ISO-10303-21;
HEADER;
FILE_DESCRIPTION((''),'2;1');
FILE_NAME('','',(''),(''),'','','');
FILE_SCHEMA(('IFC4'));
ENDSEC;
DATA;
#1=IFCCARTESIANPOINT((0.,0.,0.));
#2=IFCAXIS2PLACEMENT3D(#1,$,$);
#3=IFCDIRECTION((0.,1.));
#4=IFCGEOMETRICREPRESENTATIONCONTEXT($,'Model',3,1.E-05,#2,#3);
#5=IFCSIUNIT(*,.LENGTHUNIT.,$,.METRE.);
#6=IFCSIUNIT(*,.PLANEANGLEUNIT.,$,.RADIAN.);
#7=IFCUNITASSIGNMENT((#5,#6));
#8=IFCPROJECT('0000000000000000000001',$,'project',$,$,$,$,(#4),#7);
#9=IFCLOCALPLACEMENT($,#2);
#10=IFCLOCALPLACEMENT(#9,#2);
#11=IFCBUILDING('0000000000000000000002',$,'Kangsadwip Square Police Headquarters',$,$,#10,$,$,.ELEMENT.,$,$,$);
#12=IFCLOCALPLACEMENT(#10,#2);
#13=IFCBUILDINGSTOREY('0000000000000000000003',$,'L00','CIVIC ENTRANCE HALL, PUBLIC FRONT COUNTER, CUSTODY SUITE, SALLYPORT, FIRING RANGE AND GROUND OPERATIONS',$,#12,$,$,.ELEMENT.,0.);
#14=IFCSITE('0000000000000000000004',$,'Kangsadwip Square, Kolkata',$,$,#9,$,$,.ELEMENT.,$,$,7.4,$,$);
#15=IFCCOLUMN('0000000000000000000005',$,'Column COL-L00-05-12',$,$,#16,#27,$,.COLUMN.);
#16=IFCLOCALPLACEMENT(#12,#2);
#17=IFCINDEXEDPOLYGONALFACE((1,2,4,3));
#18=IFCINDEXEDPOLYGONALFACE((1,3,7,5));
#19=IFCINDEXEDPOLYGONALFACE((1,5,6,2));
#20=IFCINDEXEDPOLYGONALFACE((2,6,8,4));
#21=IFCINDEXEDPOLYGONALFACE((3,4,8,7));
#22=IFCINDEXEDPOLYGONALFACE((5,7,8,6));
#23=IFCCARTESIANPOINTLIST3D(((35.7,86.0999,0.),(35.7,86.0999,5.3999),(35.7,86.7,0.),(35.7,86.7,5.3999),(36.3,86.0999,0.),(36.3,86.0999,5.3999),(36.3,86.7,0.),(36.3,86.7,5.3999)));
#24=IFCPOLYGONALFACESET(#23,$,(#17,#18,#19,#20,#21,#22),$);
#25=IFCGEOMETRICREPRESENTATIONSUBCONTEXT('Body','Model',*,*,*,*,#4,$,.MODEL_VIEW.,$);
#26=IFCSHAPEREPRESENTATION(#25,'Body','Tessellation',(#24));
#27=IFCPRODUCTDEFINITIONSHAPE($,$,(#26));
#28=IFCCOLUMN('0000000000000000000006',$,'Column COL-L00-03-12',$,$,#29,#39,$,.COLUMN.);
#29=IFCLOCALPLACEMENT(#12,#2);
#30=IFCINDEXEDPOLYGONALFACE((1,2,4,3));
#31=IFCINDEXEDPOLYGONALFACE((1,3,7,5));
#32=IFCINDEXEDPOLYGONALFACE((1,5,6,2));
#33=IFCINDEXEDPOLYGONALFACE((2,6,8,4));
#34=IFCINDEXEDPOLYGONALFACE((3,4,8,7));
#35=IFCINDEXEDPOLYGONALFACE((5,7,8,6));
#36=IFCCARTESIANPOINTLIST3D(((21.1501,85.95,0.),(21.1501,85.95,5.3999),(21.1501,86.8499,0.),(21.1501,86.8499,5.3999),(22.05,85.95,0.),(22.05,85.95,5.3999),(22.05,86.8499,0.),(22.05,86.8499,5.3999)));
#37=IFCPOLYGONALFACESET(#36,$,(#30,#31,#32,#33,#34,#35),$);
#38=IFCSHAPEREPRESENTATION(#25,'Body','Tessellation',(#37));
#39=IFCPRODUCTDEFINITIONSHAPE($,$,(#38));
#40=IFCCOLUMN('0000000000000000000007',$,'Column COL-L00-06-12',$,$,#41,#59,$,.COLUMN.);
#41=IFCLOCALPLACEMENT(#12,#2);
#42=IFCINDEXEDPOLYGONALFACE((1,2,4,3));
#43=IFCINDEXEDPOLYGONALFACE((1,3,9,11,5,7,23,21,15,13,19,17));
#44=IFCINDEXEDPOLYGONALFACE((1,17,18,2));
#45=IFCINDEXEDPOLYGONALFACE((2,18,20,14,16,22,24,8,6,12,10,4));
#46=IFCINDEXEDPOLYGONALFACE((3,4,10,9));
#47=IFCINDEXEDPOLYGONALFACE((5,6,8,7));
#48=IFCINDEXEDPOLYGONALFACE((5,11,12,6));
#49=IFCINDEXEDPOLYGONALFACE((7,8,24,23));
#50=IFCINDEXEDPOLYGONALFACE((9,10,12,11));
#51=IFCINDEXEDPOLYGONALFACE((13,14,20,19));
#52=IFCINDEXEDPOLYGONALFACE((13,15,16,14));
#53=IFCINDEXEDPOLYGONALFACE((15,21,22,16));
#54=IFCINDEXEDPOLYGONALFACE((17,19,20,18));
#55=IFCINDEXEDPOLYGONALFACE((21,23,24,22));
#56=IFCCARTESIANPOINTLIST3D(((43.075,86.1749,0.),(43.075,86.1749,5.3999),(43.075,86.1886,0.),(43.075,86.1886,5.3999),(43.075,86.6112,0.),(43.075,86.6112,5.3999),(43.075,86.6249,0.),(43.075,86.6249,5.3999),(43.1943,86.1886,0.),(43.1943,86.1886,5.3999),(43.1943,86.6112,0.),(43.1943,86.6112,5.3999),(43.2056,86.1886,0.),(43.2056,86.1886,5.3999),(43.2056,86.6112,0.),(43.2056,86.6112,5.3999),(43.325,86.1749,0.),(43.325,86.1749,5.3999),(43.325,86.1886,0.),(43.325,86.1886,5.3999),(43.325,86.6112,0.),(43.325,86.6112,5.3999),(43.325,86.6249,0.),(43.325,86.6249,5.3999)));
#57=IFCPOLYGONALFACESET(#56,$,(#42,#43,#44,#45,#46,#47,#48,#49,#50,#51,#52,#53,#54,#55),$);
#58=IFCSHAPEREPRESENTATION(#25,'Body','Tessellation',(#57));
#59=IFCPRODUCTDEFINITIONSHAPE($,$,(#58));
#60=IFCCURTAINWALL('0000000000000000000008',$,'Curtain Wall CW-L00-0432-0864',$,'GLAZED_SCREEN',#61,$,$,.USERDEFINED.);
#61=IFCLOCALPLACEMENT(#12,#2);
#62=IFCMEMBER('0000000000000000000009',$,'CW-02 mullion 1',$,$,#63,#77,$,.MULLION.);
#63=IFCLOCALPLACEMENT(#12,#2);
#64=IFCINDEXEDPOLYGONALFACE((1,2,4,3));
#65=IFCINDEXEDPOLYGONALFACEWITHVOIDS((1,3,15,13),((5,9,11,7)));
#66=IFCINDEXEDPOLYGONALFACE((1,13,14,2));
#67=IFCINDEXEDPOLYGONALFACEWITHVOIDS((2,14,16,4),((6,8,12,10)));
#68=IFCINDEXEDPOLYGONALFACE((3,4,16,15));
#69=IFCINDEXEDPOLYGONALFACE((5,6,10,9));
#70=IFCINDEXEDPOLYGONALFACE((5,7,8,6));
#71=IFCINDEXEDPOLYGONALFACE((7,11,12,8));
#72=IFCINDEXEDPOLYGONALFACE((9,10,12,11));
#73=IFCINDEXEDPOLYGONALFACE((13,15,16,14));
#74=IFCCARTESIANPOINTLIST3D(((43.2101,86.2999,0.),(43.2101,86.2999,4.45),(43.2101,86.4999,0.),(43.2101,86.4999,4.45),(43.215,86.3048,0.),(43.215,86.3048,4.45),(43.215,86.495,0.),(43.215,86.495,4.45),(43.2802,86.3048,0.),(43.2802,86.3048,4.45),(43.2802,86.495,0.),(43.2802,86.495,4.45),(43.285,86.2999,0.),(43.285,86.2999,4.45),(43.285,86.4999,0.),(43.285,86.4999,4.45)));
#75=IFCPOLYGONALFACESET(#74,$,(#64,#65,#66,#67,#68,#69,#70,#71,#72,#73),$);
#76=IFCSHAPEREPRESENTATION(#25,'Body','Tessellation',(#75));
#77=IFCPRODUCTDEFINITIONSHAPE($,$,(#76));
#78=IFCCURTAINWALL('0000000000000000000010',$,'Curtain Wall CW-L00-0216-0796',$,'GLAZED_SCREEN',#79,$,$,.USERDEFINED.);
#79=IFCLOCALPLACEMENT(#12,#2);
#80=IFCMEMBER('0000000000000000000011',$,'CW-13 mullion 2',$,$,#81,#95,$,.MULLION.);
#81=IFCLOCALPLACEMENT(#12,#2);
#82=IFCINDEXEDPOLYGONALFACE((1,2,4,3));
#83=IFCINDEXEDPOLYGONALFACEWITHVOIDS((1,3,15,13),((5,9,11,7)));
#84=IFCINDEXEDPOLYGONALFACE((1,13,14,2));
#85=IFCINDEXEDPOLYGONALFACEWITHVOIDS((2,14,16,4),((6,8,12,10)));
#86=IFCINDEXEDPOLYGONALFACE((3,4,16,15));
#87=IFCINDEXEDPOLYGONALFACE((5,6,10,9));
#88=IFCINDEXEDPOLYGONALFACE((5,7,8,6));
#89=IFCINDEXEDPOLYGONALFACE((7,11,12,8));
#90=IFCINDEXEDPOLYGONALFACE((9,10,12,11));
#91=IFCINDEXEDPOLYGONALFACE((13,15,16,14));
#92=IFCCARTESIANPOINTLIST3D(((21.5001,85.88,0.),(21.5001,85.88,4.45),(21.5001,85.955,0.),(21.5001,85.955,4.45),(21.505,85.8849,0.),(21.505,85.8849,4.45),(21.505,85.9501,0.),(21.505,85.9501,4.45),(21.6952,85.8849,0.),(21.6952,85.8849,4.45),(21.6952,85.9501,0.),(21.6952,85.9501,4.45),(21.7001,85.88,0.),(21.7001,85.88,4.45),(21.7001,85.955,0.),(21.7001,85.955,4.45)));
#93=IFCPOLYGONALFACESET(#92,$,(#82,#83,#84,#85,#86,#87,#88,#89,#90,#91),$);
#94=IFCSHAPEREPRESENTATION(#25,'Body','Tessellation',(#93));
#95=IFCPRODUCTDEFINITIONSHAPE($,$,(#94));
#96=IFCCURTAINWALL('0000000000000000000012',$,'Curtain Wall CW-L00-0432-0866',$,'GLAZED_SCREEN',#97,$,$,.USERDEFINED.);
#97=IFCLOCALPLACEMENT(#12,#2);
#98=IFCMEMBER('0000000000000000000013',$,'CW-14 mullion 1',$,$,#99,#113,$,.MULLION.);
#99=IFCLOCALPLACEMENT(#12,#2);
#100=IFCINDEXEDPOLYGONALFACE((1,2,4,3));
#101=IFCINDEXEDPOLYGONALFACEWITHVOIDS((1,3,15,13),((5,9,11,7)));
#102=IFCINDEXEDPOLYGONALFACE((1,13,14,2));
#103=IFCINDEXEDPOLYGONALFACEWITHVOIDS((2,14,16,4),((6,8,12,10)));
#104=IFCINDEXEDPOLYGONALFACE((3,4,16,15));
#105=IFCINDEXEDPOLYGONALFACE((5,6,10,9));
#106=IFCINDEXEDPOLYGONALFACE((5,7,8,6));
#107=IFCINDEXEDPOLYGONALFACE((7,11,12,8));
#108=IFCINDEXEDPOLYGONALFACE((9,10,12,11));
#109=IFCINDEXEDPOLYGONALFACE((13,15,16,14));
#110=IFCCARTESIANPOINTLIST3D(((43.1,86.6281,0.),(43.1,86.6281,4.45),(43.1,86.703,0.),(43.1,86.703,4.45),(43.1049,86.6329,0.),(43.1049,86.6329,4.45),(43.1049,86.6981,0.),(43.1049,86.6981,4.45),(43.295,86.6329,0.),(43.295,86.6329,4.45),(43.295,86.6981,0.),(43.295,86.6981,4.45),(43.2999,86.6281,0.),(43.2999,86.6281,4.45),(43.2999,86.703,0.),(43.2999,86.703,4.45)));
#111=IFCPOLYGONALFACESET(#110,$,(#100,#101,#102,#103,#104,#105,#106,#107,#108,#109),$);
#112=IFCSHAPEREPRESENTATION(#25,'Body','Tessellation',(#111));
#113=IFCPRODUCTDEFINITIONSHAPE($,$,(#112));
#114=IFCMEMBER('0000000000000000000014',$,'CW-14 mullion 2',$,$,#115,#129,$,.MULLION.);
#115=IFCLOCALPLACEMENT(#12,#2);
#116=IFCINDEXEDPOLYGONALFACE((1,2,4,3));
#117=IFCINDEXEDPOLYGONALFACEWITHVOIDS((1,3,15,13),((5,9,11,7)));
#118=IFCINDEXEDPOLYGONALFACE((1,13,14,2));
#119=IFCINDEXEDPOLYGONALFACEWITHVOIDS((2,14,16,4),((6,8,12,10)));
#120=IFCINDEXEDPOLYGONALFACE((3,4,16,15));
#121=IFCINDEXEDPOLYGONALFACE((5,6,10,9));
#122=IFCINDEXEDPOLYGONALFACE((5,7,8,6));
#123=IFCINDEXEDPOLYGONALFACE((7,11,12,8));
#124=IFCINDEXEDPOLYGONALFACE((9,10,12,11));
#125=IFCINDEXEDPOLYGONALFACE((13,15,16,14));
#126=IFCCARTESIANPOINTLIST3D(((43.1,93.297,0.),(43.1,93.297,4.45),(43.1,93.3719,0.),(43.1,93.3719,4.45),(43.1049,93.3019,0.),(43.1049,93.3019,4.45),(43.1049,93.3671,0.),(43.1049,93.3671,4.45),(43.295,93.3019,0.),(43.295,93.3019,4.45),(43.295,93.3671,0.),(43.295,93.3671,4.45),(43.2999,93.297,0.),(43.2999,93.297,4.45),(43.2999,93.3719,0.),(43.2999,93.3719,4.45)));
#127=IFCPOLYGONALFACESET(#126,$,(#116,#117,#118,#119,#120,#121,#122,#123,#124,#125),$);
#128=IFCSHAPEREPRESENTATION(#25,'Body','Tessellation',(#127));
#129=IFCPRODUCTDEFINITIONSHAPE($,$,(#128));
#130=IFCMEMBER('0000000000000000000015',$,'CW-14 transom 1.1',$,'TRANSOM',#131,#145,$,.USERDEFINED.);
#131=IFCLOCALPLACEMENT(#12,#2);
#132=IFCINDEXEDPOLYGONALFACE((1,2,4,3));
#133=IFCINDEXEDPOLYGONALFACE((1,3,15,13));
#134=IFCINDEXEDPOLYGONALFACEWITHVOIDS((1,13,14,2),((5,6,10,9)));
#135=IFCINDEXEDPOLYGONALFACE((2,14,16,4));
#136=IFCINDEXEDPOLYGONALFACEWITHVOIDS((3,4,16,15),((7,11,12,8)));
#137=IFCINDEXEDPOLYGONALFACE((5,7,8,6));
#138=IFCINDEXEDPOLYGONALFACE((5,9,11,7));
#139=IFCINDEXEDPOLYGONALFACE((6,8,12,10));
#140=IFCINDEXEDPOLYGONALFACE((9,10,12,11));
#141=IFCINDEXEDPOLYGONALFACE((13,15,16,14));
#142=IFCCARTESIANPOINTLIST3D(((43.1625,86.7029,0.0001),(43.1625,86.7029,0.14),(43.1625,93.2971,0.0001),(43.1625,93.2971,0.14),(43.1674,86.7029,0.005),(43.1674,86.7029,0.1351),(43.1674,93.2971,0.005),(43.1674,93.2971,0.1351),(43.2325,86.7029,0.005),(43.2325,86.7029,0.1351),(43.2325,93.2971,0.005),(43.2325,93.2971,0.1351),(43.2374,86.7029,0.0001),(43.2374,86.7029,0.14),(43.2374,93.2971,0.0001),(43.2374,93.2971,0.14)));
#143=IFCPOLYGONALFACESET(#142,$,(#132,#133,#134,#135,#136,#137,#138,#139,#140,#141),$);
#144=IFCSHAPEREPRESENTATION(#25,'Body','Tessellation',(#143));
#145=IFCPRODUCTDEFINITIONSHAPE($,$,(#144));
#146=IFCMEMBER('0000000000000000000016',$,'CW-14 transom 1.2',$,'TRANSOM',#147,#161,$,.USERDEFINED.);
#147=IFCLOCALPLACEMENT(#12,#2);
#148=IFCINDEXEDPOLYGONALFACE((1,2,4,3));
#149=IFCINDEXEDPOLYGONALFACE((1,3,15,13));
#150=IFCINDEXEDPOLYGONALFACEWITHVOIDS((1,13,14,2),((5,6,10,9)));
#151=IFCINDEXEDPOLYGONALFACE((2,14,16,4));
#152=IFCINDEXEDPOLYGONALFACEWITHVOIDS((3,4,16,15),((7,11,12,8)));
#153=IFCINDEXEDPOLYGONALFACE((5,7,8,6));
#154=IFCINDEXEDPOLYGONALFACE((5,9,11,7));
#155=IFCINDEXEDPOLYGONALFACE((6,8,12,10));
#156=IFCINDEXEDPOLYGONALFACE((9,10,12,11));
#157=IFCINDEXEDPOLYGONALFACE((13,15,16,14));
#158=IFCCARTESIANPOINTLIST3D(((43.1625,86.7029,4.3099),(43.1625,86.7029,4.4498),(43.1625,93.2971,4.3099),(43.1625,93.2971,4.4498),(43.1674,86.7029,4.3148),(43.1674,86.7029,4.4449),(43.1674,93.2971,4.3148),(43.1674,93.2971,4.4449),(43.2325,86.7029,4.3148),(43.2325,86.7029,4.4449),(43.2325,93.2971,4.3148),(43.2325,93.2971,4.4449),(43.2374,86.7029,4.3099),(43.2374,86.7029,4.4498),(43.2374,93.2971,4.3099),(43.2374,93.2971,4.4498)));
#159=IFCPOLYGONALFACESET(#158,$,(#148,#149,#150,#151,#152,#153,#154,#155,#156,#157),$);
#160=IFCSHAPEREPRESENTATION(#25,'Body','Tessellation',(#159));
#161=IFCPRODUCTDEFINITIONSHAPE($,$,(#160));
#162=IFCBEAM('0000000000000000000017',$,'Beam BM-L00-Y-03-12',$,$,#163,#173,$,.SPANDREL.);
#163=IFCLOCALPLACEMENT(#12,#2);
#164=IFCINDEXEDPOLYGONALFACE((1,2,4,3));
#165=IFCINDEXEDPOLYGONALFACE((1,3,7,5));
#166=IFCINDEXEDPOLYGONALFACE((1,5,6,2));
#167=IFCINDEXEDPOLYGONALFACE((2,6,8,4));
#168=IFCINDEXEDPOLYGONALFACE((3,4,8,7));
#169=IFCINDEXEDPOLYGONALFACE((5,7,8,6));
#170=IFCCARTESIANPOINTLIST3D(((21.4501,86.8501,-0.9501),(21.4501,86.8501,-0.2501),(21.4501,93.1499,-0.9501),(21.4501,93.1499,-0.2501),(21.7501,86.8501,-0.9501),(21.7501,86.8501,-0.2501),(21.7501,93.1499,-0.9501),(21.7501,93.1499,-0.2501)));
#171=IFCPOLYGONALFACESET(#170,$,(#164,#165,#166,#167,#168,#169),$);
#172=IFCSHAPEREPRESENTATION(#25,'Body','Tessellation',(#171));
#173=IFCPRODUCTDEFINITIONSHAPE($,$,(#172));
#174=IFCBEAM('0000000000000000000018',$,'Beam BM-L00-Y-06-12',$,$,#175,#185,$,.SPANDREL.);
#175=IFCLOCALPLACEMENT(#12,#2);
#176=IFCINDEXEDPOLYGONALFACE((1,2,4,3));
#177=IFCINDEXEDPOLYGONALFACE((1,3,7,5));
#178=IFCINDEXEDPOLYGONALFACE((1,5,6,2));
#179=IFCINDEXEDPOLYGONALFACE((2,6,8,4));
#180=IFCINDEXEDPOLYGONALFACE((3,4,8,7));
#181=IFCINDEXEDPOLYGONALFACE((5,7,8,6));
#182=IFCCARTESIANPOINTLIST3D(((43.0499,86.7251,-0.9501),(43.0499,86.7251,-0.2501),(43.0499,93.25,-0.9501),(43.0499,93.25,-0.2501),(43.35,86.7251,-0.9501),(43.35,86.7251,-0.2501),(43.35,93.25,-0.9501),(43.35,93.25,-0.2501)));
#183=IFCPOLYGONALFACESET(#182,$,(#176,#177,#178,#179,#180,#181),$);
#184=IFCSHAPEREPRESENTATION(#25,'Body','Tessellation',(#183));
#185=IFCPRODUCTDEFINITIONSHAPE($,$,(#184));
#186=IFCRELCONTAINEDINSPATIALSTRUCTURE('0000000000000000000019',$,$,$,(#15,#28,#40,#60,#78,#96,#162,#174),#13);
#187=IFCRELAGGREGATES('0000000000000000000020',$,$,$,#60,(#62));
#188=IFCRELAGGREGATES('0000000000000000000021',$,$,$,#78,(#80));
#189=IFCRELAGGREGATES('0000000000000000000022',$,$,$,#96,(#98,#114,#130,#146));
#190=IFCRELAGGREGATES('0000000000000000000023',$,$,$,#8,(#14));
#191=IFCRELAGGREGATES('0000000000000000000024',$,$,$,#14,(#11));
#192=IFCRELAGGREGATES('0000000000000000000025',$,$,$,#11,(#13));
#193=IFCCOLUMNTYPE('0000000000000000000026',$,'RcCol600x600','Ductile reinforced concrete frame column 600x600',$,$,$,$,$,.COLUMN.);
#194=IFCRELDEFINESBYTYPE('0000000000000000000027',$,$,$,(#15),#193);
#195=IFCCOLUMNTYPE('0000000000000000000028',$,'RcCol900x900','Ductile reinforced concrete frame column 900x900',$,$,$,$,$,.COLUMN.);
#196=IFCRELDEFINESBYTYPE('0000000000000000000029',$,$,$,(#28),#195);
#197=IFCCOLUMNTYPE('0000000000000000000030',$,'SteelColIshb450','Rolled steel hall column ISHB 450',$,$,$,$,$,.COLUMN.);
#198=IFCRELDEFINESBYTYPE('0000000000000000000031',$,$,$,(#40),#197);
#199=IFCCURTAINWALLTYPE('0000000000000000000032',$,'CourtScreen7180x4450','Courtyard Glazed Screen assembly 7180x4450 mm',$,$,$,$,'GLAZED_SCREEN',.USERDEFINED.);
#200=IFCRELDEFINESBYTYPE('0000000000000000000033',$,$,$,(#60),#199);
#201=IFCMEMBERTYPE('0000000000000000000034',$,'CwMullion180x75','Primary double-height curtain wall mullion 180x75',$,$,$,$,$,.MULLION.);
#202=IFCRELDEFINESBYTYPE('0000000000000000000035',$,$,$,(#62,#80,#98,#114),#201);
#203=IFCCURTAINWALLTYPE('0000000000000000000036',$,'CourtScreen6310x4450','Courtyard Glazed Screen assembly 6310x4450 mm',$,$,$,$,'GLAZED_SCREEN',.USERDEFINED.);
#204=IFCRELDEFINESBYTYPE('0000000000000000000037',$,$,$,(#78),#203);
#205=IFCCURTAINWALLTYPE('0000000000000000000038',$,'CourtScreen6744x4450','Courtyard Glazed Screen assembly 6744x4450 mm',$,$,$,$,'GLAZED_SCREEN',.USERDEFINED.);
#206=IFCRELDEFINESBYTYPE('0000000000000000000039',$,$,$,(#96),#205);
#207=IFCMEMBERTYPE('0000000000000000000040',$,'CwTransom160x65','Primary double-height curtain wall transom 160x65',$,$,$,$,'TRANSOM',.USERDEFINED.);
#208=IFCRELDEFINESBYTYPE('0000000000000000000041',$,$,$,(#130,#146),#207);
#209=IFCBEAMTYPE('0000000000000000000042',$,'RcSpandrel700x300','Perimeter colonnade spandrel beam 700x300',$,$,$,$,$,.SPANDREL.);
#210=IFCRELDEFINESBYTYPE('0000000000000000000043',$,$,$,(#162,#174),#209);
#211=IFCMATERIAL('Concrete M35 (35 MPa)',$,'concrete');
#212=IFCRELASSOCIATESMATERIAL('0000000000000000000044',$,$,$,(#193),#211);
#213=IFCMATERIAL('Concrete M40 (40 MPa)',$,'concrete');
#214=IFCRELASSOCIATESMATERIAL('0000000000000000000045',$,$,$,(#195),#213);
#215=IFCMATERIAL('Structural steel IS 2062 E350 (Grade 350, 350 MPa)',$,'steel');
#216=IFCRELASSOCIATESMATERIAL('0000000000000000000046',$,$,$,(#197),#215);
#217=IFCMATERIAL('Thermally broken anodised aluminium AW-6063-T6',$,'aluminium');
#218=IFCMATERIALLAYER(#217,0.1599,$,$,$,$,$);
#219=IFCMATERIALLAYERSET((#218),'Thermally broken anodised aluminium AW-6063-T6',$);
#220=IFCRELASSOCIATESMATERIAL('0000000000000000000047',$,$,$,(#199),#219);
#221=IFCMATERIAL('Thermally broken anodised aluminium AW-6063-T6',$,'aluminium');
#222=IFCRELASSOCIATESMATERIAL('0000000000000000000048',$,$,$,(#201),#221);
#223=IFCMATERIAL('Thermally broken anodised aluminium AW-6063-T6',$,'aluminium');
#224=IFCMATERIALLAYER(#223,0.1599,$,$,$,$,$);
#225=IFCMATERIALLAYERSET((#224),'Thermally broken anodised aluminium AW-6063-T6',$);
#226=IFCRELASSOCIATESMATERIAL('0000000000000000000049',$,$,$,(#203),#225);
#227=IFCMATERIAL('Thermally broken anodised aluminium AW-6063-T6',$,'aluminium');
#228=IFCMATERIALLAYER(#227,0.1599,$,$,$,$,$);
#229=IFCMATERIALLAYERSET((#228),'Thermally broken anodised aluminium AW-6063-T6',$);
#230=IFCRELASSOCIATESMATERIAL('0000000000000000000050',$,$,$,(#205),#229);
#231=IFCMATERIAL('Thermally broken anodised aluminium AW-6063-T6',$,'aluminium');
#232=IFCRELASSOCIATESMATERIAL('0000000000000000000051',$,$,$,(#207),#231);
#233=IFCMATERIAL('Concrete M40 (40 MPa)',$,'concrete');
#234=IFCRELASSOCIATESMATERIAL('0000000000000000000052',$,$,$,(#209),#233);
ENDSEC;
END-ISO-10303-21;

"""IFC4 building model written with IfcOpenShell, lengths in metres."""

from ifc_helpers import new_model, si_unit, direction, frame, origin, origin_2d, place, context, subcontext, project, spatial, rectangle, hollow_rectangle, i_section, extrude, material, layer, layer_set, material_profile, profile_set, type_object, element, aggregate, save


model = new_model("IFC4")

# Units and contexts
model_context = context("Model", 3, precision=1e-05, world=origin(), true_north=direction((0.0, 1.0)))
body_context = subcontext(model_context, "Body", "Model", "MODEL_VIEW")
ifc_project = project(units=[si_unit("LENGTHUNIT", "METRE"), si_unit("PLANEANGLEUNIT", "RADIAN")], contexts=[model_context])

# Site, building, storey
site_placement = place(None, origin())
site = spatial("IfcSite", under=ifc_project, at=site_placement, Name="Kangsadwip Square, Kolkata", CompositionType="ELEMENT", RefElevation=7.4)
building_placement = place(site_placement, origin())
building = spatial("IfcBuilding", under=site, at=building_placement, Name="Kangsadwip Square Police Headquarters", CompositionType="ELEMENT")
storey_placement = place(building_placement, origin())
storey = spatial("IfcBuildingStorey", under=building, at=storey_placement, Name="L00", Description="CIVIC ENTRANCE HALL, PUBLIC FRONT COUNTER, CUSTODY SUITE, SALLYPORT, FIRING RANGE AND GROUND OPERATIONS", CompositionType="ELEMENT", Elevation=0.0)

# Columns
ifc_material_1 = material(Name="Concrete M35 (35 MPa)", Category="concrete")
ifc_material_profile_1 = material_profile(ifc_material_1, rectangle(XDim=0.6001, YDim=0.6001, at=origin_2d()), Name="RC COL 600X600")
ifc_profile_set_1 = profile_set([ifc_material_profile_1], Name="Concrete M35 (35 MPa)")
column_type_1 = type_object("IfcColumnType", Name="RcCol600x600", Description="Ductile reinforced concrete frame column 600x600", PredefinedType="COLUMN", material=ifc_profile_set_1)
column_1_placement = place(storey_placement, frame((36.0, 86.3999, 0.0), z_axis=(0.0, 0.0, 1.0), x_axis=(1.0, 0.0, 0.0)))
element("IfcColumn", 1, at=column_1_placement, inside=storey, type_object=column_type_1, Name="Column COL-L00-05-12", PredefinedType="COLUMN", context=body_context, shape_type="SweptSolid", body=[
    extrude(rectangle(XDim=0.6001, YDim=0.6001, at=origin_2d()), origin(), (0.0, 0.0, 1.0), 5.3999),
])
ifc_material_2 = material(Name="Concrete M40 (40 MPa)", Category="concrete")
ifc_material_profile_2 = material_profile(ifc_material_2, rectangle(XDim=0.8999, YDim=0.8999, at=origin_2d()), Name="RC COL 900X900")
ifc_profile_set_2 = profile_set([ifc_material_profile_2], Name="Concrete M40 (40 MPa)")
column_type_2 = type_object("IfcColumnType", Name="RcCol900x900", Description="Ductile reinforced concrete frame column 900x900", PredefinedType="COLUMN", material=ifc_profile_set_2)
column_2_placement = place(storey_placement, frame((21.6001, 86.3999, 0.0), z_axis=(0.0, 0.0, 1.0), x_axis=(1.0, 0.0, 0.0)))
element("IfcColumn", 2, at=column_2_placement, inside=storey, type_object=column_type_2, Name="Column COL-L00-03-12", PredefinedType="COLUMN", context=body_context, shape_type="SweptSolid", body=[
    extrude(rectangle(XDim=0.8999, YDim=0.8999, at=origin_2d()), origin(), (0.0, 0.0, 1.0), 5.3999),
])
ifc_material_3 = material(Name="Structural steel IS 2062 E350 (Grade 350, 350 MPa)", Category="steel")
ifc_material_profile_3 = material_profile(ifc_material_3, i_section(OverallWidth=0.25, OverallDepth=0.45, WebThickness=0.0112, FlangeThickness=0.0137, at=origin_2d()), Name="ISHB 450")
ifc_profile_set_3 = profile_set([ifc_material_profile_3], Name="Structural steel IS 2062 E350 (Grade 350, 350 MPa)")
column_type_3 = type_object("IfcColumnType", Name="SteelColIshb450", Description="Rolled steel hall column ISHB 450", PredefinedType="COLUMN", material=ifc_profile_set_3)
column_3_placement = place(storey_placement, frame((43.2, 86.3999, 0.0), z_axis=(0.0, 0.0, 1.0), x_axis=(1.0, 0.0, 0.0)))
element("IfcColumn", 3, at=column_3_placement, inside=storey, type_object=column_type_3, Name="Column COL-L00-06-12", PredefinedType="COLUMN", context=body_context, shape_type="SweptSolid", body=[
    extrude(i_section(OverallWidth=0.25, OverallDepth=0.45, WebThickness=0.0112, FlangeThickness=0.0137, at=origin_2d()), origin(), (0.0, 0.0, 1.0), 5.3999),
])

# Curtain walls, members
ifc_material_4 = material(Name="Thermally broken anodised aluminium AW-6063-T6", Category="aluminium")
ifc_layer_1 = layer(ifc_material_4, 0.1599)
ifc_layer_set_1 = layer_set([ifc_layer_1], Name="Thermally broken anodised aluminium AW-6063-T6")
curtain_wall_type_1 = type_object("IfcCurtainWallType", Name="CourtScreen7180x4450", Description="Courtyard Glazed Screen assembly 7180x4450 mm", ElementType="GLAZED_SCREEN", PredefinedType="USERDEFINED", material=ifc_layer_set_1)
curtain_wall_1_placement = place(storey_placement, origin())
curtain_wall_1 = element("IfcCurtainWall", 4, at=curtain_wall_1_placement, inside=storey, type_object=curtain_wall_type_1, Name="Curtain Wall CW-L00-0432-0864", ObjectType="GLAZED_SCREEN", PredefinedType="USERDEFINED")
ifc_material_5 = material(Name="Thermally broken anodised aluminium AW-6063-T6", Category="aluminium")
ifc_material_profile_4 = material_profile(ifc_material_5, hollow_rectangle(XDim=0.075, YDim=0.2, WallThickness=0.0049, at=origin_2d()), Name="CWM 200X75X5")
ifc_profile_set_4 = profile_set([ifc_material_profile_4], Name="Thermally broken anodised aluminium AW-6063-T6")
member_type_1 = type_object("IfcMemberType", Name="CwMullion180x75", Description="Primary double-height curtain wall mullion 180x75", PredefinedType="MULLION", material=ifc_profile_set_4)
member_1_placement = place(storey_placement, frame((43.2476, 86.3999, 0.0), z_axis=(0.0, 0.0, 1.0), x_axis=(1.0, 0.0, 0.0)))
member_1 = element("IfcMember", 5, at=member_1_placement, type_object=member_type_1, Name="CW-02 mullion 1", PredefinedType="MULLION", context=body_context, shape_type="SweptSolid", body=[
    extrude(hollow_rectangle(XDim=0.075, YDim=0.2, WallThickness=0.0049, at=origin_2d()), origin(), (0.0, 0.0, 1.0), 4.45),
])
aggregate(curtain_wall_1, [member_1])
ifc_material_6 = material(Name="Thermally broken anodised aluminium AW-6063-T6", Category="aluminium")
ifc_layer_2 = layer(ifc_material_6, 0.1599)
ifc_layer_set_2 = layer_set([ifc_layer_2], Name="Thermally broken anodised aluminium AW-6063-T6")
curtain_wall_type_2 = type_object("IfcCurtainWallType", Name="CourtScreen6310x4450", Description="Courtyard Glazed Screen assembly 6310x4450 mm", ElementType="GLAZED_SCREEN", PredefinedType="USERDEFINED", material=ifc_layer_set_2)
curtain_wall_2_placement = place(storey_placement, origin())
curtain_wall_2 = element("IfcCurtainWall", 6, at=curtain_wall_2_placement, inside=storey, type_object=curtain_wall_type_2, Name="Curtain Wall CW-L00-0216-0796", ObjectType="GLAZED_SCREEN", PredefinedType="USERDEFINED")
member_2_placement = place(storey_placement, frame((21.6001, 85.9175, 0.0), z_axis=(0.0, 0.0, 1.0), x_axis=(0.0, 1.0, 0.0)))
member_2 = element("IfcMember", 7, at=member_2_placement, type_object=member_type_1, Name="CW-13 mullion 2", PredefinedType="MULLION", context=body_context, shape_type="SweptSolid", body=[
    extrude(hollow_rectangle(XDim=0.075, YDim=0.2, WallThickness=0.0049, at=origin_2d()), origin(), (0.0, 0.0, 1.0), 4.45),
])

# Curtain wall, members
ifc_material_7 = material(Name="Thermally broken anodised aluminium AW-6063-T6", Category="aluminium")
ifc_layer_3 = layer(ifc_material_7, 0.1599)
ifc_layer_set_3 = layer_set([ifc_layer_3], Name="Thermally broken anodised aluminium AW-6063-T6")
curtain_wall_type_3 = type_object("IfcCurtainWallType", Name="CourtScreen6744x4450", Description="Courtyard Glazed Screen assembly 6744x4450 mm", ElementType="GLAZED_SCREEN", PredefinedType="USERDEFINED", material=ifc_layer_set_3)
curtain_wall_3_placement = place(storey_placement, origin())
curtain_wall_3 = element("IfcCurtainWall", 8, at=curtain_wall_3_placement, inside=storey, type_object=curtain_wall_type_3, Name="Curtain Wall CW-L00-0432-0866", ObjectType="GLAZED_SCREEN", PredefinedType="USERDEFINED")
member_3_placement = place(storey_placement, frame((43.2, 86.6655, 0.0), z_axis=(0.0, 0.0, 1.0), x_axis=(0.0, 1.0, 0.0)))
member_3 = element("IfcMember", 9, at=member_3_placement, type_object=member_type_1, Name="CW-14 mullion 1", PredefinedType="MULLION", context=body_context, shape_type="SweptSolid", body=[
    extrude(hollow_rectangle(XDim=0.075, YDim=0.2, WallThickness=0.0049, at=origin_2d()), origin(), (0.0, 0.0, 1.0), 4.45),
])
member_4_placement = place(storey_placement, frame((43.2, 93.3345, 0.0), z_axis=(0.0, 0.0, 1.0), x_axis=(0.0, 1.0, 0.0)))
member_4 = element("IfcMember", 10, at=member_4_placement, type_object=member_type_1, Name="CW-14 mullion 2", PredefinedType="MULLION", context=body_context, shape_type="SweptSolid", body=[
    extrude(hollow_rectangle(XDim=0.075, YDim=0.2, WallThickness=0.0049, at=origin_2d()), origin(), (0.0, 0.0, 1.0), 4.45),
])
ifc_material_8 = material(Name="Thermally broken anodised aluminium AW-6063-T6", Category="aluminium")
ifc_material_profile_5 = material_profile(ifc_material_8, hollow_rectangle(XDim=0.075, YDim=0.1399, WallThickness=0.0049, at=origin_2d()), Name="CWT 140X75X5")
ifc_profile_set_5 = profile_set([ifc_material_profile_5], Name="Thermally broken anodised aluminium AW-6063-T6")
member_type_2 = type_object("IfcMemberType", Name="CwTransom160x65", Description="Primary double-height curtain wall transom 160x65", ElementType="TRANSOM", PredefinedType="USERDEFINED", material=ifc_profile_set_5)
member_5_placement = place(storey_placement, frame((43.2, 86.7029, 0.0701), z_axis=(0.0, 1.0, 0.0), x_axis=(-1.0, 0.0, 0.0)))
member_5 = element("IfcMember", 11, at=member_5_placement, type_object=member_type_2, Name="CW-14 transom 1.1", ObjectType="TRANSOM", PredefinedType="USERDEFINED", context=body_context, shape_type="SweptSolid", body=[
    extrude(hollow_rectangle(XDim=0.075, YDim=0.1399, WallThickness=0.0049, at=origin_2d()), origin(), (0.0, 0.0, 1.0), 6.5942),
])
member_6_placement = place(storey_placement, frame((43.2, 86.7029, 4.3799), z_axis=(0.0, 1.0, 0.0), x_axis=(-1.0, 0.0, 0.0)))
member_6 = element("IfcMember", 12, at=member_6_placement, type_object=member_type_2, Name="CW-14 transom 1.2", ObjectType="TRANSOM", PredefinedType="USERDEFINED", context=body_context, shape_type="SweptSolid", body=[
    extrude(hollow_rectangle(XDim=0.075, YDim=0.1399, WallThickness=0.0049, at=origin_2d()), origin(), (0.0, 0.0, 1.0), 6.5942),
])

# Beams
ifc_material_9 = material(Name="Concrete M40 (40 MPa)", Category="concrete")
ifc_material_profile_6 = material_profile(ifc_material_9, rectangle(XDim=0.3, YDim=0.7, at=origin_2d()), Name="RC SPN 700X300")
ifc_profile_set_6 = profile_set([ifc_material_profile_6], Name="Concrete M40 (40 MPa)")
beam_type = type_object("IfcBeamType", Name="RcSpandrel700x300", Description="Perimeter colonnade spandrel beam 700x300", PredefinedType="SPANDREL", material=ifc_profile_set_6)
beam_1_placement = place(storey_placement, frame((21.6001, 86.8501, -0.6001), z_axis=(0.0, 1.0, 0.0), x_axis=(-1.0, 0.0, 0.0)))
element("IfcBeam", 13, at=beam_1_placement, inside=storey, type_object=beam_type, Name="Beam BM-L00-Y-03-12", PredefinedType="SPANDREL", context=body_context, shape_type="SweptSolid", body=[
    extrude(rectangle(XDim=0.3, YDim=0.7, at=origin_2d()), origin(), (0.0, 0.0, 1.0), 6.2998),
])
beam_2_placement = place(storey_placement, frame((43.2, 86.7251, -0.6001), z_axis=(0.0, 1.0, 0.0), x_axis=(-1.0, 0.0, 0.0)))
element("IfcBeam", 14, at=beam_2_placement, inside=storey, type_object=beam_type, Name="Beam BM-L00-Y-06-12", PredefinedType="SPANDREL", context=body_context, shape_type="SweptSolid", body=[
    extrude(rectangle(XDim=0.3, YDim=0.7, at=origin_2d()), origin(), (0.0, 0.0, 1.0), 6.5249),
])

aggregate(curtain_wall_2, [member_2])
aggregate(curtain_wall_3, [member_3, member_4, member_5, member_6])

save(model, "model.ifc")
